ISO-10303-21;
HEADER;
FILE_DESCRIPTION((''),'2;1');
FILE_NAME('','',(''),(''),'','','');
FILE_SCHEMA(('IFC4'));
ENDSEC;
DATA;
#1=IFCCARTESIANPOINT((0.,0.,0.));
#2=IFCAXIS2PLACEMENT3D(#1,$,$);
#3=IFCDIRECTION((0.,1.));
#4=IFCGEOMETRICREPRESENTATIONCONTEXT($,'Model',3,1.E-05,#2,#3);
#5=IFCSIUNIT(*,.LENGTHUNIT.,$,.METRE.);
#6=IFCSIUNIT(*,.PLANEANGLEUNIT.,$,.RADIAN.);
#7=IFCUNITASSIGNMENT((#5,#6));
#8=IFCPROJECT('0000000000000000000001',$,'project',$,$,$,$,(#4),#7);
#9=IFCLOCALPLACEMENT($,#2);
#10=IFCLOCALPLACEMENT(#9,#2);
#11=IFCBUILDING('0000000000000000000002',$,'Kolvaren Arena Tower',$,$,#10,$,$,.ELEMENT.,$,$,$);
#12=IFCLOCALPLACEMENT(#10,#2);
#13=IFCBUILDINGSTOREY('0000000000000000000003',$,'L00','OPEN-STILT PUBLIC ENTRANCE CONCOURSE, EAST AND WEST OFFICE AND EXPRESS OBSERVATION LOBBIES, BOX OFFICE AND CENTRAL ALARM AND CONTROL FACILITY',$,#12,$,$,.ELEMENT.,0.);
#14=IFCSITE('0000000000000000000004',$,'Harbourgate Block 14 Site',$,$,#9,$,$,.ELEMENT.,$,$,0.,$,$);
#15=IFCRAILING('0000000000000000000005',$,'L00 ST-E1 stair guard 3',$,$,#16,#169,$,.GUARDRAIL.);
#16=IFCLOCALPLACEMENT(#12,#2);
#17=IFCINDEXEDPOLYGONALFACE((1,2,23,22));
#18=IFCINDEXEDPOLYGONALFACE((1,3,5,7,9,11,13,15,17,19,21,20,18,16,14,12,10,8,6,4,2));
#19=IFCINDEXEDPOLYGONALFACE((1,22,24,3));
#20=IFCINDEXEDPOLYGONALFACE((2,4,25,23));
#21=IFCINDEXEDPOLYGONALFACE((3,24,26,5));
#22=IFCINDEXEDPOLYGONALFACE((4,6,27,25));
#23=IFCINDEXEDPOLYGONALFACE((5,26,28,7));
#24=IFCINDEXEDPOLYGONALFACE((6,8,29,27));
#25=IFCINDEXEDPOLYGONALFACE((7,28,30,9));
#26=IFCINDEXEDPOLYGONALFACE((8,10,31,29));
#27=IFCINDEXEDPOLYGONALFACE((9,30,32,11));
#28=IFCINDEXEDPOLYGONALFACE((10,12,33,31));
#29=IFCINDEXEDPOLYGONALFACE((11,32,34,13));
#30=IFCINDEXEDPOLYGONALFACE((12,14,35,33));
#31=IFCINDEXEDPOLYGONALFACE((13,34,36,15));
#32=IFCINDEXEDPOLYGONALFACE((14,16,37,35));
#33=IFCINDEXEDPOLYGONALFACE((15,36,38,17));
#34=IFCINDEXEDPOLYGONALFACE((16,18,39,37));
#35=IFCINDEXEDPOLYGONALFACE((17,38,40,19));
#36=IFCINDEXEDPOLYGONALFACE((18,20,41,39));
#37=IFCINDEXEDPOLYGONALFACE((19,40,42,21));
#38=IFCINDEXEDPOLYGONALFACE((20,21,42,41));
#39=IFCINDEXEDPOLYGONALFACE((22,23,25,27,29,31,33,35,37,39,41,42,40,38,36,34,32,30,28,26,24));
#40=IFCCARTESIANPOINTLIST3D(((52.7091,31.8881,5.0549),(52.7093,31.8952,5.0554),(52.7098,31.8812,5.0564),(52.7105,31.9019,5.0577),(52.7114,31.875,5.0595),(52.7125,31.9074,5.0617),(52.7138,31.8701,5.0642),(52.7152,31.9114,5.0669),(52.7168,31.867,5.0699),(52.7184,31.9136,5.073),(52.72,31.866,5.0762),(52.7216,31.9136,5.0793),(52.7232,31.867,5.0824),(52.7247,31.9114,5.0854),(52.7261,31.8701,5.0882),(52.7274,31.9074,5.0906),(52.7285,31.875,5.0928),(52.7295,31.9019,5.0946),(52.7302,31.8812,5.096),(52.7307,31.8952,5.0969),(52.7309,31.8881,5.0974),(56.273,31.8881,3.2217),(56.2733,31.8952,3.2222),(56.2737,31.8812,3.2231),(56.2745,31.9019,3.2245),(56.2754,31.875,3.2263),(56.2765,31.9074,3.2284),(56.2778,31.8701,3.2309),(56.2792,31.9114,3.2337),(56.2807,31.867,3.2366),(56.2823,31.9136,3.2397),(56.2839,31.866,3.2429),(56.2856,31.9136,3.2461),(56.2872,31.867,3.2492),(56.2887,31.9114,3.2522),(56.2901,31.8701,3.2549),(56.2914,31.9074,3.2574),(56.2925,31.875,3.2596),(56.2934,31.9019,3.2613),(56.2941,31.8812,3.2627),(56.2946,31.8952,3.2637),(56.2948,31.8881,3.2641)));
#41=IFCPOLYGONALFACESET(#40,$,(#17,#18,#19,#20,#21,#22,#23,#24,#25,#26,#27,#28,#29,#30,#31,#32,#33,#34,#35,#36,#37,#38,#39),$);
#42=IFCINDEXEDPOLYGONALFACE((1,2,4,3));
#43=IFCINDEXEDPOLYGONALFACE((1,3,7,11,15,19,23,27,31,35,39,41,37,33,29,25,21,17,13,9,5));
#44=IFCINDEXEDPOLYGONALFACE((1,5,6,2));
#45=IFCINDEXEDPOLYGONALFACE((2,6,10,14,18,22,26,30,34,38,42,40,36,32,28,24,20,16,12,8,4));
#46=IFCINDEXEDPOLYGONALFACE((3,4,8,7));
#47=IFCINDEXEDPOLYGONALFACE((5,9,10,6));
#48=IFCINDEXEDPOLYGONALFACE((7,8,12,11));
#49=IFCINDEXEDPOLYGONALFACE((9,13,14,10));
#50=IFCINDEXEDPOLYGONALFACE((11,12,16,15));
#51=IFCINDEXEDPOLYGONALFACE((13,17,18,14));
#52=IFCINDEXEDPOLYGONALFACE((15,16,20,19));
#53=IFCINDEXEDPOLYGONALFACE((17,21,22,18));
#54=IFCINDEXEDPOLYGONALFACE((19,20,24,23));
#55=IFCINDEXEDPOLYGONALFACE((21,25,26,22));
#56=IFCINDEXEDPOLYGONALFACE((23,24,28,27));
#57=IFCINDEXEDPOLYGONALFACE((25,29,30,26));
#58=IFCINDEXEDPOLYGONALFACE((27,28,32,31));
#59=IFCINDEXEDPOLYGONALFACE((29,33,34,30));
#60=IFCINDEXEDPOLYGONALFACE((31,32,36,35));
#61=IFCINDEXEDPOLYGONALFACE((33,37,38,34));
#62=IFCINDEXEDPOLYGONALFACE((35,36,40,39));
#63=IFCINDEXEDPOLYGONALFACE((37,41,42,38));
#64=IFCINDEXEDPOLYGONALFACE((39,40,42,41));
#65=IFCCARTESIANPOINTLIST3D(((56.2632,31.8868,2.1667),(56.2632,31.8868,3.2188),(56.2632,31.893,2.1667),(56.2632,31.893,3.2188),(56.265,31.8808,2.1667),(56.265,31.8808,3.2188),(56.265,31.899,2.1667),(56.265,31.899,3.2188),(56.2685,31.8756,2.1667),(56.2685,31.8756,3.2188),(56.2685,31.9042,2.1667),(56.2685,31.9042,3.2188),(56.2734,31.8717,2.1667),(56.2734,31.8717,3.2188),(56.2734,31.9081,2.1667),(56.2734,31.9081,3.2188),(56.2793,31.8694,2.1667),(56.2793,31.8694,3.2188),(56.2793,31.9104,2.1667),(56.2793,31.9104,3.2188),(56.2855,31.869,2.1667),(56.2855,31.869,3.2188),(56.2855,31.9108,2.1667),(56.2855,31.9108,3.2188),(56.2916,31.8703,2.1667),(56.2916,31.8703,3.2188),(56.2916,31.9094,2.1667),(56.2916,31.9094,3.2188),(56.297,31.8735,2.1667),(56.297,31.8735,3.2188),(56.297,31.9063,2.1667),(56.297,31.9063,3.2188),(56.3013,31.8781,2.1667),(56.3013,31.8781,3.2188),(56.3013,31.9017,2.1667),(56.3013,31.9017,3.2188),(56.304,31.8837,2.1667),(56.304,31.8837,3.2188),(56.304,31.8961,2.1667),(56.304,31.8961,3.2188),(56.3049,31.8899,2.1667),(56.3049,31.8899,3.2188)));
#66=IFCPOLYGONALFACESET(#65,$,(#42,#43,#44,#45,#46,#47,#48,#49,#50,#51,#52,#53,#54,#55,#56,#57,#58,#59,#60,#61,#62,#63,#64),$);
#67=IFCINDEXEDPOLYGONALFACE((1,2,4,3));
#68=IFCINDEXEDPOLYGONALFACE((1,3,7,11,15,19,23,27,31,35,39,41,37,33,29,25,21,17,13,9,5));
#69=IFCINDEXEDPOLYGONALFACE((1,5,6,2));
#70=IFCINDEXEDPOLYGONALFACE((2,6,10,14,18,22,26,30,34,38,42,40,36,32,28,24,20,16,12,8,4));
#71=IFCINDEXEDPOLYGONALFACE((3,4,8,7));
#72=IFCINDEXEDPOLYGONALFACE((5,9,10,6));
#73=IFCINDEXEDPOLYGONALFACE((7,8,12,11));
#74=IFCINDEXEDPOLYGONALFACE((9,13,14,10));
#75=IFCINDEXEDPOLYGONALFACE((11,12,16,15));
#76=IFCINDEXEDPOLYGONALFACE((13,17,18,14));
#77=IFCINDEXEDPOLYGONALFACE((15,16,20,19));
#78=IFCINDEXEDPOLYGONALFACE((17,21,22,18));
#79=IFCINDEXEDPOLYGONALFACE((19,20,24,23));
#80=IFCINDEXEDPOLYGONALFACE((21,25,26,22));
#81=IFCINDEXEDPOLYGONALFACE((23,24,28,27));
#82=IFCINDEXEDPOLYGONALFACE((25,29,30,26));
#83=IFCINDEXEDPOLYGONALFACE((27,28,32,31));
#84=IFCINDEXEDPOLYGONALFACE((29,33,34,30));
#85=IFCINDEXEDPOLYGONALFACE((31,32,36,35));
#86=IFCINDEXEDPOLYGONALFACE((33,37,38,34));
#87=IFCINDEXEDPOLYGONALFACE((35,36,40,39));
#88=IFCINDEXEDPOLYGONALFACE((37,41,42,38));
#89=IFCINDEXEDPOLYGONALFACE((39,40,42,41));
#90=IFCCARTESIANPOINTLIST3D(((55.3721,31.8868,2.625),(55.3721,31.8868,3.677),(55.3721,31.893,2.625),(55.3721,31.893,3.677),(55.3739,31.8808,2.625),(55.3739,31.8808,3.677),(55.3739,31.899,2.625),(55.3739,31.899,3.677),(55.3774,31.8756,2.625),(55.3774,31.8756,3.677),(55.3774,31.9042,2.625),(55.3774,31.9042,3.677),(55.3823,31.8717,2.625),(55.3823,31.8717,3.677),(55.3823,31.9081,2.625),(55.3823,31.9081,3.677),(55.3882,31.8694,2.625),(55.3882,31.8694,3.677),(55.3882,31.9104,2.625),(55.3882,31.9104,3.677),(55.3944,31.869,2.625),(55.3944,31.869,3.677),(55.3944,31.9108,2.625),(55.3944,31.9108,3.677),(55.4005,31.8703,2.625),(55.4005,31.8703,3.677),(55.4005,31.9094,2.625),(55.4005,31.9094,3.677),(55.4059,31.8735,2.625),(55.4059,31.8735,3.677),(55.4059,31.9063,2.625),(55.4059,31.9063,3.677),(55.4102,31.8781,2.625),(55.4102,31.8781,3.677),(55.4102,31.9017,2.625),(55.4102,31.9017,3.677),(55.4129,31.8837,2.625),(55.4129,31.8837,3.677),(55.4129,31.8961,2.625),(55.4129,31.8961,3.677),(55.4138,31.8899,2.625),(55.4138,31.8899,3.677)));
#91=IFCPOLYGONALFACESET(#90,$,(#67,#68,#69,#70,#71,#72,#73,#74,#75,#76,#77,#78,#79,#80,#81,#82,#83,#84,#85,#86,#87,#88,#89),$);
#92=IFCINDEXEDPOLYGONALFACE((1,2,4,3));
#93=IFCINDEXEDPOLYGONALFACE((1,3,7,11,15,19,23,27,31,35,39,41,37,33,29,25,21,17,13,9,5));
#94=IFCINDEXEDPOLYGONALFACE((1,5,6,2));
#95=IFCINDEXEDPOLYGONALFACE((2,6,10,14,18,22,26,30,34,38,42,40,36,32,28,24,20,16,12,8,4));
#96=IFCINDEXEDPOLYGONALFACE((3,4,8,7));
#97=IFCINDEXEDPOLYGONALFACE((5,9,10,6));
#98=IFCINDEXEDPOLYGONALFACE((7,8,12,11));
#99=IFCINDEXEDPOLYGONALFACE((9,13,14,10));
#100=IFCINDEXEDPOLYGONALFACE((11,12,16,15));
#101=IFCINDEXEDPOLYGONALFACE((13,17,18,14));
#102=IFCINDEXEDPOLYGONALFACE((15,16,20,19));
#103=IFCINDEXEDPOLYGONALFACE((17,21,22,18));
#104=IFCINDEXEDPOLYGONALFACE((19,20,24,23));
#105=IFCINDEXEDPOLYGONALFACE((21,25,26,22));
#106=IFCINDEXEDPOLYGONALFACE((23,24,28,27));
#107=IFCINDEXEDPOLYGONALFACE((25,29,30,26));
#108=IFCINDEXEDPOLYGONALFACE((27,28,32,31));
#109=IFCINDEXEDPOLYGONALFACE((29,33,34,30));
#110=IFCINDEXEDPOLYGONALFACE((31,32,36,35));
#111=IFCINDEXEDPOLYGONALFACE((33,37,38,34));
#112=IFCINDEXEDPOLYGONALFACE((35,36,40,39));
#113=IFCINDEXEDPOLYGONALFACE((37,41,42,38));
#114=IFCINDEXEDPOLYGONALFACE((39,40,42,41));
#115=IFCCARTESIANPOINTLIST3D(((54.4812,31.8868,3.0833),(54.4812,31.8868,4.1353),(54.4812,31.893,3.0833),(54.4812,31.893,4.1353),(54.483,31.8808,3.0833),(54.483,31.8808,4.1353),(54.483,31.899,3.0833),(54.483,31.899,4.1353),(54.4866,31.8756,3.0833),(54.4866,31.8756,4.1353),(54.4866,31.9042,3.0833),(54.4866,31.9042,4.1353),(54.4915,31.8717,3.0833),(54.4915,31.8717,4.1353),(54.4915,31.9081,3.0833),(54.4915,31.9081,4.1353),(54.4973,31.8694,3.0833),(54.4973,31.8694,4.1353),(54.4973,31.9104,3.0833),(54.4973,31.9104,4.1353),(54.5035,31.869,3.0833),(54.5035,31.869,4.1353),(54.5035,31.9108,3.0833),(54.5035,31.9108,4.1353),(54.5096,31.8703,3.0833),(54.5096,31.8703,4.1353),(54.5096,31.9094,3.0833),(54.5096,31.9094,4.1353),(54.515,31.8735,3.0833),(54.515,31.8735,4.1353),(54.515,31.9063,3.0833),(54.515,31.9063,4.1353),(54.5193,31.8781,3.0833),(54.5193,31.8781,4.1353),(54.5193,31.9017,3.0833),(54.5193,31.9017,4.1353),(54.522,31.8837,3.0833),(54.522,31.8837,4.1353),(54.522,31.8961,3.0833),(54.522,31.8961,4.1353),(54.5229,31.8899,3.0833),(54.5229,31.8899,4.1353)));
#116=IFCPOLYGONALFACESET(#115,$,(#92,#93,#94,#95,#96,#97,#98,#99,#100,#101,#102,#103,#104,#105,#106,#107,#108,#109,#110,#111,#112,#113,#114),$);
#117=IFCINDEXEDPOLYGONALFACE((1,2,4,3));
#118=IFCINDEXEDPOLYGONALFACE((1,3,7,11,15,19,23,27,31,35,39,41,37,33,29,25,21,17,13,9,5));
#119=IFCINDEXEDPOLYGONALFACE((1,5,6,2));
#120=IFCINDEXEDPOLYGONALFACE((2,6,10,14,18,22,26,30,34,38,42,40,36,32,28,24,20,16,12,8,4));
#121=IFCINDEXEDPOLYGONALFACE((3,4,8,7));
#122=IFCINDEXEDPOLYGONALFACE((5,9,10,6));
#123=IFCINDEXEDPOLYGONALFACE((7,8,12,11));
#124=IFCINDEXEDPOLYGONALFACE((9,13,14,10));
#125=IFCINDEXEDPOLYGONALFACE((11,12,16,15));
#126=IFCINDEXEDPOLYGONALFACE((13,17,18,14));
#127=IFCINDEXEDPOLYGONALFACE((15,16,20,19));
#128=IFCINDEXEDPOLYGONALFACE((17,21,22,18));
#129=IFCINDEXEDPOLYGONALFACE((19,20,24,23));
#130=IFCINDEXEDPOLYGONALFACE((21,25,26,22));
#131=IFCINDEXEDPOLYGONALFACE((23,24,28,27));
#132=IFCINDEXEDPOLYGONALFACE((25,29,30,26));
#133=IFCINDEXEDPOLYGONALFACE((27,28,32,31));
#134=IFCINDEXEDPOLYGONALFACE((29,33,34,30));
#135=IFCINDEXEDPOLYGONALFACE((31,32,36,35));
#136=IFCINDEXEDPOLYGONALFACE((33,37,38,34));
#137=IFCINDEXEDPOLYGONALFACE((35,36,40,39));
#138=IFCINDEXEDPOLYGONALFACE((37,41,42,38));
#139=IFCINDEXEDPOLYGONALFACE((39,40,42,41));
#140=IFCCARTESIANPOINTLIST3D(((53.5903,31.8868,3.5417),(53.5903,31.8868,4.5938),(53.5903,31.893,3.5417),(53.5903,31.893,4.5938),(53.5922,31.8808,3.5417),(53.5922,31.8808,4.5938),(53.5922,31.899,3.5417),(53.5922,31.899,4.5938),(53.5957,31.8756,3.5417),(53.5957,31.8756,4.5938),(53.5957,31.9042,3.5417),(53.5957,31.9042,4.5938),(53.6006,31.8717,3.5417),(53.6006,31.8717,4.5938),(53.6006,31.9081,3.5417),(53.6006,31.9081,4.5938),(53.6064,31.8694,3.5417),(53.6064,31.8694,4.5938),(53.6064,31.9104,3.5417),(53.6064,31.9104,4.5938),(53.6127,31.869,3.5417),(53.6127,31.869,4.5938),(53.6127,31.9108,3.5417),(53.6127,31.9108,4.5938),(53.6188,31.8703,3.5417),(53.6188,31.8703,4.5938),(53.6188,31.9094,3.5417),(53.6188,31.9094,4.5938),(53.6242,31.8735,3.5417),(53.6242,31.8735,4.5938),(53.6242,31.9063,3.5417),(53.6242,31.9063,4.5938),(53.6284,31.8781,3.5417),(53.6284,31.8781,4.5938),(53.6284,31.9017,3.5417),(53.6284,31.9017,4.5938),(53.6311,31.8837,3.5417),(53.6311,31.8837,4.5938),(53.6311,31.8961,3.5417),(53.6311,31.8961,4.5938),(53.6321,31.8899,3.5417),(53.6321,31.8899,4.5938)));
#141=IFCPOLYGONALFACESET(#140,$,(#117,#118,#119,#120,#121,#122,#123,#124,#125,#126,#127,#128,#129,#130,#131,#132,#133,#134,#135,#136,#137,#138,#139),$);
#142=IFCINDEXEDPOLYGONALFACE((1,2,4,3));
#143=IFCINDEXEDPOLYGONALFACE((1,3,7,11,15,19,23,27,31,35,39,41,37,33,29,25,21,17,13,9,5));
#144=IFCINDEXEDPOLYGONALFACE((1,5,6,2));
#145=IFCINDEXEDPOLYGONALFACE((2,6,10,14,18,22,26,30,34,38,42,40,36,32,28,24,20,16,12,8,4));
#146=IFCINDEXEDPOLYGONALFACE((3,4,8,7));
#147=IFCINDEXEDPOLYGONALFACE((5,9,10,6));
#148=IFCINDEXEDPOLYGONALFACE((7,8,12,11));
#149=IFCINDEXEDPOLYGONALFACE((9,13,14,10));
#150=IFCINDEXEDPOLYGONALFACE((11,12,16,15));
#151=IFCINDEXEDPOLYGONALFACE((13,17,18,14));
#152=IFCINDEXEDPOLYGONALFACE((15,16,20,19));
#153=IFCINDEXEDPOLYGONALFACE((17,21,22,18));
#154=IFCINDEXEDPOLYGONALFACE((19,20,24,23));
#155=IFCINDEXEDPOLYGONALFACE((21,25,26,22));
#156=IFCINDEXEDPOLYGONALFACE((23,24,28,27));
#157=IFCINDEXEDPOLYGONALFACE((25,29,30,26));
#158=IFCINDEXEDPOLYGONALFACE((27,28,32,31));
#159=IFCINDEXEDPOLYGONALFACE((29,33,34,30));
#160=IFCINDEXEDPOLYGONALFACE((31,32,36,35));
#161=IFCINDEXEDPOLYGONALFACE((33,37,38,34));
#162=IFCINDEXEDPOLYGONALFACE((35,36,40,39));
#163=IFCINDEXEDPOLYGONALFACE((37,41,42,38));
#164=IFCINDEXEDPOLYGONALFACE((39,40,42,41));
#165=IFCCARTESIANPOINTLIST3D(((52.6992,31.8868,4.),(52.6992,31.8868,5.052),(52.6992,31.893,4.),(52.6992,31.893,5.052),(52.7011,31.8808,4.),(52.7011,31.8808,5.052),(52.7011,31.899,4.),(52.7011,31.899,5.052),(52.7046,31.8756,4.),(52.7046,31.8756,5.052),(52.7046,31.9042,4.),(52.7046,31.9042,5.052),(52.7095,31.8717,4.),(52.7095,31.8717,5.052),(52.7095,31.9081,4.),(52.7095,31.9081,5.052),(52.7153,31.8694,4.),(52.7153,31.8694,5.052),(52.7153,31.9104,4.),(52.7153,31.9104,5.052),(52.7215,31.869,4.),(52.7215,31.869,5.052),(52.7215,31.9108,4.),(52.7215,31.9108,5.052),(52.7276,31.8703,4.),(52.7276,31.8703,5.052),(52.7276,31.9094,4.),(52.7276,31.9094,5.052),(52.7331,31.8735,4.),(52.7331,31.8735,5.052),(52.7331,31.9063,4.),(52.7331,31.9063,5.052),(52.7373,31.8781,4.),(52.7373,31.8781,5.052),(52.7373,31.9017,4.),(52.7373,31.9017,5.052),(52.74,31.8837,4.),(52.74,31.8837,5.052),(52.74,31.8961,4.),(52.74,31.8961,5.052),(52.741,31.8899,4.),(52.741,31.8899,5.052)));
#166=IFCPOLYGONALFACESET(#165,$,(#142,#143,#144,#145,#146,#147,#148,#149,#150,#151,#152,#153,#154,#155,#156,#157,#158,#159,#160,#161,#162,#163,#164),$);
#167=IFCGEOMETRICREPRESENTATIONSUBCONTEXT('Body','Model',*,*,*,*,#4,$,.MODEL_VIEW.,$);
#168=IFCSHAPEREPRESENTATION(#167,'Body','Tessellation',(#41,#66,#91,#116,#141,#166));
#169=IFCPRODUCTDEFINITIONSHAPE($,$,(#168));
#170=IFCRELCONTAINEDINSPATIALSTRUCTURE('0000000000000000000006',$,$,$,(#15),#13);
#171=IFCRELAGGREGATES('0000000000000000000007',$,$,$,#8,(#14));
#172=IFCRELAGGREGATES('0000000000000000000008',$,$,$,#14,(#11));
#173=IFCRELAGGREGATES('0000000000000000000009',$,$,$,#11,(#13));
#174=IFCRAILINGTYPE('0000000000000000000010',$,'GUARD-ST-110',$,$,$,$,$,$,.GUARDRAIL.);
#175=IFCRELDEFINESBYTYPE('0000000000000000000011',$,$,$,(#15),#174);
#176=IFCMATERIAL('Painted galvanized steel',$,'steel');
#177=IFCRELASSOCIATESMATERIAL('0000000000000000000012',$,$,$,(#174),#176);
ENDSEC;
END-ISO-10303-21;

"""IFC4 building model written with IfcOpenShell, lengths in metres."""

from ifc_helpers import new_model, si_unit, direction, frame, origin, origin_2d, place, context, subcontext, project, spatial, circle, extrude, material, type_object, element, save


model = new_model("IFC4")

# Units and contexts
model_context = context("Model", 3, precision=1e-05, world=origin(), true_north=direction((0.0, 1.0)))
body_context = subcontext(model_context, "Body", "Model", "MODEL_VIEW")
ifc_project = project(units=[si_unit("LENGTHUNIT", "METRE"), si_unit("PLANEANGLEUNIT", "RADIAN")], contexts=[model_context])

# Site, building, storey
site_placement = place(None, origin())
site = spatial("IfcSite", under=ifc_project, at=site_placement, Name="Harbourgate Block 14 Site", CompositionType="ELEMENT", RefElevation=0.0)
building_placement = place(site_placement, origin())
building = spatial("IfcBuilding", under=site, at=building_placement, Name="Kolvaren Arena Tower", CompositionType="ELEMENT")
storey_placement = place(building_placement, origin())
storey = spatial("IfcBuildingStorey", under=building, at=storey_placement, Name="L00", Description="OPEN-STILT PUBLIC ENTRANCE CONCOURSE, EAST AND WEST OFFICE AND EXPRESS OBSERVATION LOBBIES, BOX OFFICE AND CENTRAL ALARM AND CONTROL FACILITY", CompositionType="ELEMENT", Elevation=0.0)

# Railing
ifc_material_1 = material(Name="Painted galvanized steel", Category="steel")
railing_type_1 = type_object("IfcRailingType", Name="GUARD-ST-110", PredefinedType="GUARDRAIL", material=ifc_material_1)
railing_1_placement = place(storey_placement, frame((56.2839, 31.8899, 2.1667)))
element("IfcRailing", 1, at=railing_1_placement, inside=storey, type_object=railing_type_1, Name="L00 ST-E1 stair guard 3", PredefinedType="GUARDRAIL", context=body_context, shape_type="SweptSolid", body=[
    extrude(circle(Radius=0.0239, at=origin_2d()), frame((0.0, 0.0, 1.0762), z_axis=(-0.889252, 0.0, 0.457418), x_axis=(0.0, -1.0, 0.0)), (0.0, 0.0, 1.0), 4.0078),
    extrude(circle(Radius=0.021, at=origin_2d()), origin(), (0.0, 0.0, 1.0), 1.052),
    extrude(circle(Radius=0.021, at=origin_2d()), frame((-0.8911, 0.0, 0.4583)), (0.0, 0.0, 1.0), 1.052),
    extrude(circle(Radius=0.021, at=origin_2d()), frame((-1.782, 0.0, 0.9165)), (0.0, 0.0, 1.0), 1.052),
    extrude(circle(Radius=0.021, at=origin_2d()), frame((-2.6729, 0.0, 1.375)), (0.0, 0.0, 1.0), 1.052),
    extrude(circle(Radius=0.021, at=origin_2d()), frame((-3.564, 0.0, 1.8333)), (0.0, 0.0, 1.0), 1.052),
])

save(model, "model.ifc")
